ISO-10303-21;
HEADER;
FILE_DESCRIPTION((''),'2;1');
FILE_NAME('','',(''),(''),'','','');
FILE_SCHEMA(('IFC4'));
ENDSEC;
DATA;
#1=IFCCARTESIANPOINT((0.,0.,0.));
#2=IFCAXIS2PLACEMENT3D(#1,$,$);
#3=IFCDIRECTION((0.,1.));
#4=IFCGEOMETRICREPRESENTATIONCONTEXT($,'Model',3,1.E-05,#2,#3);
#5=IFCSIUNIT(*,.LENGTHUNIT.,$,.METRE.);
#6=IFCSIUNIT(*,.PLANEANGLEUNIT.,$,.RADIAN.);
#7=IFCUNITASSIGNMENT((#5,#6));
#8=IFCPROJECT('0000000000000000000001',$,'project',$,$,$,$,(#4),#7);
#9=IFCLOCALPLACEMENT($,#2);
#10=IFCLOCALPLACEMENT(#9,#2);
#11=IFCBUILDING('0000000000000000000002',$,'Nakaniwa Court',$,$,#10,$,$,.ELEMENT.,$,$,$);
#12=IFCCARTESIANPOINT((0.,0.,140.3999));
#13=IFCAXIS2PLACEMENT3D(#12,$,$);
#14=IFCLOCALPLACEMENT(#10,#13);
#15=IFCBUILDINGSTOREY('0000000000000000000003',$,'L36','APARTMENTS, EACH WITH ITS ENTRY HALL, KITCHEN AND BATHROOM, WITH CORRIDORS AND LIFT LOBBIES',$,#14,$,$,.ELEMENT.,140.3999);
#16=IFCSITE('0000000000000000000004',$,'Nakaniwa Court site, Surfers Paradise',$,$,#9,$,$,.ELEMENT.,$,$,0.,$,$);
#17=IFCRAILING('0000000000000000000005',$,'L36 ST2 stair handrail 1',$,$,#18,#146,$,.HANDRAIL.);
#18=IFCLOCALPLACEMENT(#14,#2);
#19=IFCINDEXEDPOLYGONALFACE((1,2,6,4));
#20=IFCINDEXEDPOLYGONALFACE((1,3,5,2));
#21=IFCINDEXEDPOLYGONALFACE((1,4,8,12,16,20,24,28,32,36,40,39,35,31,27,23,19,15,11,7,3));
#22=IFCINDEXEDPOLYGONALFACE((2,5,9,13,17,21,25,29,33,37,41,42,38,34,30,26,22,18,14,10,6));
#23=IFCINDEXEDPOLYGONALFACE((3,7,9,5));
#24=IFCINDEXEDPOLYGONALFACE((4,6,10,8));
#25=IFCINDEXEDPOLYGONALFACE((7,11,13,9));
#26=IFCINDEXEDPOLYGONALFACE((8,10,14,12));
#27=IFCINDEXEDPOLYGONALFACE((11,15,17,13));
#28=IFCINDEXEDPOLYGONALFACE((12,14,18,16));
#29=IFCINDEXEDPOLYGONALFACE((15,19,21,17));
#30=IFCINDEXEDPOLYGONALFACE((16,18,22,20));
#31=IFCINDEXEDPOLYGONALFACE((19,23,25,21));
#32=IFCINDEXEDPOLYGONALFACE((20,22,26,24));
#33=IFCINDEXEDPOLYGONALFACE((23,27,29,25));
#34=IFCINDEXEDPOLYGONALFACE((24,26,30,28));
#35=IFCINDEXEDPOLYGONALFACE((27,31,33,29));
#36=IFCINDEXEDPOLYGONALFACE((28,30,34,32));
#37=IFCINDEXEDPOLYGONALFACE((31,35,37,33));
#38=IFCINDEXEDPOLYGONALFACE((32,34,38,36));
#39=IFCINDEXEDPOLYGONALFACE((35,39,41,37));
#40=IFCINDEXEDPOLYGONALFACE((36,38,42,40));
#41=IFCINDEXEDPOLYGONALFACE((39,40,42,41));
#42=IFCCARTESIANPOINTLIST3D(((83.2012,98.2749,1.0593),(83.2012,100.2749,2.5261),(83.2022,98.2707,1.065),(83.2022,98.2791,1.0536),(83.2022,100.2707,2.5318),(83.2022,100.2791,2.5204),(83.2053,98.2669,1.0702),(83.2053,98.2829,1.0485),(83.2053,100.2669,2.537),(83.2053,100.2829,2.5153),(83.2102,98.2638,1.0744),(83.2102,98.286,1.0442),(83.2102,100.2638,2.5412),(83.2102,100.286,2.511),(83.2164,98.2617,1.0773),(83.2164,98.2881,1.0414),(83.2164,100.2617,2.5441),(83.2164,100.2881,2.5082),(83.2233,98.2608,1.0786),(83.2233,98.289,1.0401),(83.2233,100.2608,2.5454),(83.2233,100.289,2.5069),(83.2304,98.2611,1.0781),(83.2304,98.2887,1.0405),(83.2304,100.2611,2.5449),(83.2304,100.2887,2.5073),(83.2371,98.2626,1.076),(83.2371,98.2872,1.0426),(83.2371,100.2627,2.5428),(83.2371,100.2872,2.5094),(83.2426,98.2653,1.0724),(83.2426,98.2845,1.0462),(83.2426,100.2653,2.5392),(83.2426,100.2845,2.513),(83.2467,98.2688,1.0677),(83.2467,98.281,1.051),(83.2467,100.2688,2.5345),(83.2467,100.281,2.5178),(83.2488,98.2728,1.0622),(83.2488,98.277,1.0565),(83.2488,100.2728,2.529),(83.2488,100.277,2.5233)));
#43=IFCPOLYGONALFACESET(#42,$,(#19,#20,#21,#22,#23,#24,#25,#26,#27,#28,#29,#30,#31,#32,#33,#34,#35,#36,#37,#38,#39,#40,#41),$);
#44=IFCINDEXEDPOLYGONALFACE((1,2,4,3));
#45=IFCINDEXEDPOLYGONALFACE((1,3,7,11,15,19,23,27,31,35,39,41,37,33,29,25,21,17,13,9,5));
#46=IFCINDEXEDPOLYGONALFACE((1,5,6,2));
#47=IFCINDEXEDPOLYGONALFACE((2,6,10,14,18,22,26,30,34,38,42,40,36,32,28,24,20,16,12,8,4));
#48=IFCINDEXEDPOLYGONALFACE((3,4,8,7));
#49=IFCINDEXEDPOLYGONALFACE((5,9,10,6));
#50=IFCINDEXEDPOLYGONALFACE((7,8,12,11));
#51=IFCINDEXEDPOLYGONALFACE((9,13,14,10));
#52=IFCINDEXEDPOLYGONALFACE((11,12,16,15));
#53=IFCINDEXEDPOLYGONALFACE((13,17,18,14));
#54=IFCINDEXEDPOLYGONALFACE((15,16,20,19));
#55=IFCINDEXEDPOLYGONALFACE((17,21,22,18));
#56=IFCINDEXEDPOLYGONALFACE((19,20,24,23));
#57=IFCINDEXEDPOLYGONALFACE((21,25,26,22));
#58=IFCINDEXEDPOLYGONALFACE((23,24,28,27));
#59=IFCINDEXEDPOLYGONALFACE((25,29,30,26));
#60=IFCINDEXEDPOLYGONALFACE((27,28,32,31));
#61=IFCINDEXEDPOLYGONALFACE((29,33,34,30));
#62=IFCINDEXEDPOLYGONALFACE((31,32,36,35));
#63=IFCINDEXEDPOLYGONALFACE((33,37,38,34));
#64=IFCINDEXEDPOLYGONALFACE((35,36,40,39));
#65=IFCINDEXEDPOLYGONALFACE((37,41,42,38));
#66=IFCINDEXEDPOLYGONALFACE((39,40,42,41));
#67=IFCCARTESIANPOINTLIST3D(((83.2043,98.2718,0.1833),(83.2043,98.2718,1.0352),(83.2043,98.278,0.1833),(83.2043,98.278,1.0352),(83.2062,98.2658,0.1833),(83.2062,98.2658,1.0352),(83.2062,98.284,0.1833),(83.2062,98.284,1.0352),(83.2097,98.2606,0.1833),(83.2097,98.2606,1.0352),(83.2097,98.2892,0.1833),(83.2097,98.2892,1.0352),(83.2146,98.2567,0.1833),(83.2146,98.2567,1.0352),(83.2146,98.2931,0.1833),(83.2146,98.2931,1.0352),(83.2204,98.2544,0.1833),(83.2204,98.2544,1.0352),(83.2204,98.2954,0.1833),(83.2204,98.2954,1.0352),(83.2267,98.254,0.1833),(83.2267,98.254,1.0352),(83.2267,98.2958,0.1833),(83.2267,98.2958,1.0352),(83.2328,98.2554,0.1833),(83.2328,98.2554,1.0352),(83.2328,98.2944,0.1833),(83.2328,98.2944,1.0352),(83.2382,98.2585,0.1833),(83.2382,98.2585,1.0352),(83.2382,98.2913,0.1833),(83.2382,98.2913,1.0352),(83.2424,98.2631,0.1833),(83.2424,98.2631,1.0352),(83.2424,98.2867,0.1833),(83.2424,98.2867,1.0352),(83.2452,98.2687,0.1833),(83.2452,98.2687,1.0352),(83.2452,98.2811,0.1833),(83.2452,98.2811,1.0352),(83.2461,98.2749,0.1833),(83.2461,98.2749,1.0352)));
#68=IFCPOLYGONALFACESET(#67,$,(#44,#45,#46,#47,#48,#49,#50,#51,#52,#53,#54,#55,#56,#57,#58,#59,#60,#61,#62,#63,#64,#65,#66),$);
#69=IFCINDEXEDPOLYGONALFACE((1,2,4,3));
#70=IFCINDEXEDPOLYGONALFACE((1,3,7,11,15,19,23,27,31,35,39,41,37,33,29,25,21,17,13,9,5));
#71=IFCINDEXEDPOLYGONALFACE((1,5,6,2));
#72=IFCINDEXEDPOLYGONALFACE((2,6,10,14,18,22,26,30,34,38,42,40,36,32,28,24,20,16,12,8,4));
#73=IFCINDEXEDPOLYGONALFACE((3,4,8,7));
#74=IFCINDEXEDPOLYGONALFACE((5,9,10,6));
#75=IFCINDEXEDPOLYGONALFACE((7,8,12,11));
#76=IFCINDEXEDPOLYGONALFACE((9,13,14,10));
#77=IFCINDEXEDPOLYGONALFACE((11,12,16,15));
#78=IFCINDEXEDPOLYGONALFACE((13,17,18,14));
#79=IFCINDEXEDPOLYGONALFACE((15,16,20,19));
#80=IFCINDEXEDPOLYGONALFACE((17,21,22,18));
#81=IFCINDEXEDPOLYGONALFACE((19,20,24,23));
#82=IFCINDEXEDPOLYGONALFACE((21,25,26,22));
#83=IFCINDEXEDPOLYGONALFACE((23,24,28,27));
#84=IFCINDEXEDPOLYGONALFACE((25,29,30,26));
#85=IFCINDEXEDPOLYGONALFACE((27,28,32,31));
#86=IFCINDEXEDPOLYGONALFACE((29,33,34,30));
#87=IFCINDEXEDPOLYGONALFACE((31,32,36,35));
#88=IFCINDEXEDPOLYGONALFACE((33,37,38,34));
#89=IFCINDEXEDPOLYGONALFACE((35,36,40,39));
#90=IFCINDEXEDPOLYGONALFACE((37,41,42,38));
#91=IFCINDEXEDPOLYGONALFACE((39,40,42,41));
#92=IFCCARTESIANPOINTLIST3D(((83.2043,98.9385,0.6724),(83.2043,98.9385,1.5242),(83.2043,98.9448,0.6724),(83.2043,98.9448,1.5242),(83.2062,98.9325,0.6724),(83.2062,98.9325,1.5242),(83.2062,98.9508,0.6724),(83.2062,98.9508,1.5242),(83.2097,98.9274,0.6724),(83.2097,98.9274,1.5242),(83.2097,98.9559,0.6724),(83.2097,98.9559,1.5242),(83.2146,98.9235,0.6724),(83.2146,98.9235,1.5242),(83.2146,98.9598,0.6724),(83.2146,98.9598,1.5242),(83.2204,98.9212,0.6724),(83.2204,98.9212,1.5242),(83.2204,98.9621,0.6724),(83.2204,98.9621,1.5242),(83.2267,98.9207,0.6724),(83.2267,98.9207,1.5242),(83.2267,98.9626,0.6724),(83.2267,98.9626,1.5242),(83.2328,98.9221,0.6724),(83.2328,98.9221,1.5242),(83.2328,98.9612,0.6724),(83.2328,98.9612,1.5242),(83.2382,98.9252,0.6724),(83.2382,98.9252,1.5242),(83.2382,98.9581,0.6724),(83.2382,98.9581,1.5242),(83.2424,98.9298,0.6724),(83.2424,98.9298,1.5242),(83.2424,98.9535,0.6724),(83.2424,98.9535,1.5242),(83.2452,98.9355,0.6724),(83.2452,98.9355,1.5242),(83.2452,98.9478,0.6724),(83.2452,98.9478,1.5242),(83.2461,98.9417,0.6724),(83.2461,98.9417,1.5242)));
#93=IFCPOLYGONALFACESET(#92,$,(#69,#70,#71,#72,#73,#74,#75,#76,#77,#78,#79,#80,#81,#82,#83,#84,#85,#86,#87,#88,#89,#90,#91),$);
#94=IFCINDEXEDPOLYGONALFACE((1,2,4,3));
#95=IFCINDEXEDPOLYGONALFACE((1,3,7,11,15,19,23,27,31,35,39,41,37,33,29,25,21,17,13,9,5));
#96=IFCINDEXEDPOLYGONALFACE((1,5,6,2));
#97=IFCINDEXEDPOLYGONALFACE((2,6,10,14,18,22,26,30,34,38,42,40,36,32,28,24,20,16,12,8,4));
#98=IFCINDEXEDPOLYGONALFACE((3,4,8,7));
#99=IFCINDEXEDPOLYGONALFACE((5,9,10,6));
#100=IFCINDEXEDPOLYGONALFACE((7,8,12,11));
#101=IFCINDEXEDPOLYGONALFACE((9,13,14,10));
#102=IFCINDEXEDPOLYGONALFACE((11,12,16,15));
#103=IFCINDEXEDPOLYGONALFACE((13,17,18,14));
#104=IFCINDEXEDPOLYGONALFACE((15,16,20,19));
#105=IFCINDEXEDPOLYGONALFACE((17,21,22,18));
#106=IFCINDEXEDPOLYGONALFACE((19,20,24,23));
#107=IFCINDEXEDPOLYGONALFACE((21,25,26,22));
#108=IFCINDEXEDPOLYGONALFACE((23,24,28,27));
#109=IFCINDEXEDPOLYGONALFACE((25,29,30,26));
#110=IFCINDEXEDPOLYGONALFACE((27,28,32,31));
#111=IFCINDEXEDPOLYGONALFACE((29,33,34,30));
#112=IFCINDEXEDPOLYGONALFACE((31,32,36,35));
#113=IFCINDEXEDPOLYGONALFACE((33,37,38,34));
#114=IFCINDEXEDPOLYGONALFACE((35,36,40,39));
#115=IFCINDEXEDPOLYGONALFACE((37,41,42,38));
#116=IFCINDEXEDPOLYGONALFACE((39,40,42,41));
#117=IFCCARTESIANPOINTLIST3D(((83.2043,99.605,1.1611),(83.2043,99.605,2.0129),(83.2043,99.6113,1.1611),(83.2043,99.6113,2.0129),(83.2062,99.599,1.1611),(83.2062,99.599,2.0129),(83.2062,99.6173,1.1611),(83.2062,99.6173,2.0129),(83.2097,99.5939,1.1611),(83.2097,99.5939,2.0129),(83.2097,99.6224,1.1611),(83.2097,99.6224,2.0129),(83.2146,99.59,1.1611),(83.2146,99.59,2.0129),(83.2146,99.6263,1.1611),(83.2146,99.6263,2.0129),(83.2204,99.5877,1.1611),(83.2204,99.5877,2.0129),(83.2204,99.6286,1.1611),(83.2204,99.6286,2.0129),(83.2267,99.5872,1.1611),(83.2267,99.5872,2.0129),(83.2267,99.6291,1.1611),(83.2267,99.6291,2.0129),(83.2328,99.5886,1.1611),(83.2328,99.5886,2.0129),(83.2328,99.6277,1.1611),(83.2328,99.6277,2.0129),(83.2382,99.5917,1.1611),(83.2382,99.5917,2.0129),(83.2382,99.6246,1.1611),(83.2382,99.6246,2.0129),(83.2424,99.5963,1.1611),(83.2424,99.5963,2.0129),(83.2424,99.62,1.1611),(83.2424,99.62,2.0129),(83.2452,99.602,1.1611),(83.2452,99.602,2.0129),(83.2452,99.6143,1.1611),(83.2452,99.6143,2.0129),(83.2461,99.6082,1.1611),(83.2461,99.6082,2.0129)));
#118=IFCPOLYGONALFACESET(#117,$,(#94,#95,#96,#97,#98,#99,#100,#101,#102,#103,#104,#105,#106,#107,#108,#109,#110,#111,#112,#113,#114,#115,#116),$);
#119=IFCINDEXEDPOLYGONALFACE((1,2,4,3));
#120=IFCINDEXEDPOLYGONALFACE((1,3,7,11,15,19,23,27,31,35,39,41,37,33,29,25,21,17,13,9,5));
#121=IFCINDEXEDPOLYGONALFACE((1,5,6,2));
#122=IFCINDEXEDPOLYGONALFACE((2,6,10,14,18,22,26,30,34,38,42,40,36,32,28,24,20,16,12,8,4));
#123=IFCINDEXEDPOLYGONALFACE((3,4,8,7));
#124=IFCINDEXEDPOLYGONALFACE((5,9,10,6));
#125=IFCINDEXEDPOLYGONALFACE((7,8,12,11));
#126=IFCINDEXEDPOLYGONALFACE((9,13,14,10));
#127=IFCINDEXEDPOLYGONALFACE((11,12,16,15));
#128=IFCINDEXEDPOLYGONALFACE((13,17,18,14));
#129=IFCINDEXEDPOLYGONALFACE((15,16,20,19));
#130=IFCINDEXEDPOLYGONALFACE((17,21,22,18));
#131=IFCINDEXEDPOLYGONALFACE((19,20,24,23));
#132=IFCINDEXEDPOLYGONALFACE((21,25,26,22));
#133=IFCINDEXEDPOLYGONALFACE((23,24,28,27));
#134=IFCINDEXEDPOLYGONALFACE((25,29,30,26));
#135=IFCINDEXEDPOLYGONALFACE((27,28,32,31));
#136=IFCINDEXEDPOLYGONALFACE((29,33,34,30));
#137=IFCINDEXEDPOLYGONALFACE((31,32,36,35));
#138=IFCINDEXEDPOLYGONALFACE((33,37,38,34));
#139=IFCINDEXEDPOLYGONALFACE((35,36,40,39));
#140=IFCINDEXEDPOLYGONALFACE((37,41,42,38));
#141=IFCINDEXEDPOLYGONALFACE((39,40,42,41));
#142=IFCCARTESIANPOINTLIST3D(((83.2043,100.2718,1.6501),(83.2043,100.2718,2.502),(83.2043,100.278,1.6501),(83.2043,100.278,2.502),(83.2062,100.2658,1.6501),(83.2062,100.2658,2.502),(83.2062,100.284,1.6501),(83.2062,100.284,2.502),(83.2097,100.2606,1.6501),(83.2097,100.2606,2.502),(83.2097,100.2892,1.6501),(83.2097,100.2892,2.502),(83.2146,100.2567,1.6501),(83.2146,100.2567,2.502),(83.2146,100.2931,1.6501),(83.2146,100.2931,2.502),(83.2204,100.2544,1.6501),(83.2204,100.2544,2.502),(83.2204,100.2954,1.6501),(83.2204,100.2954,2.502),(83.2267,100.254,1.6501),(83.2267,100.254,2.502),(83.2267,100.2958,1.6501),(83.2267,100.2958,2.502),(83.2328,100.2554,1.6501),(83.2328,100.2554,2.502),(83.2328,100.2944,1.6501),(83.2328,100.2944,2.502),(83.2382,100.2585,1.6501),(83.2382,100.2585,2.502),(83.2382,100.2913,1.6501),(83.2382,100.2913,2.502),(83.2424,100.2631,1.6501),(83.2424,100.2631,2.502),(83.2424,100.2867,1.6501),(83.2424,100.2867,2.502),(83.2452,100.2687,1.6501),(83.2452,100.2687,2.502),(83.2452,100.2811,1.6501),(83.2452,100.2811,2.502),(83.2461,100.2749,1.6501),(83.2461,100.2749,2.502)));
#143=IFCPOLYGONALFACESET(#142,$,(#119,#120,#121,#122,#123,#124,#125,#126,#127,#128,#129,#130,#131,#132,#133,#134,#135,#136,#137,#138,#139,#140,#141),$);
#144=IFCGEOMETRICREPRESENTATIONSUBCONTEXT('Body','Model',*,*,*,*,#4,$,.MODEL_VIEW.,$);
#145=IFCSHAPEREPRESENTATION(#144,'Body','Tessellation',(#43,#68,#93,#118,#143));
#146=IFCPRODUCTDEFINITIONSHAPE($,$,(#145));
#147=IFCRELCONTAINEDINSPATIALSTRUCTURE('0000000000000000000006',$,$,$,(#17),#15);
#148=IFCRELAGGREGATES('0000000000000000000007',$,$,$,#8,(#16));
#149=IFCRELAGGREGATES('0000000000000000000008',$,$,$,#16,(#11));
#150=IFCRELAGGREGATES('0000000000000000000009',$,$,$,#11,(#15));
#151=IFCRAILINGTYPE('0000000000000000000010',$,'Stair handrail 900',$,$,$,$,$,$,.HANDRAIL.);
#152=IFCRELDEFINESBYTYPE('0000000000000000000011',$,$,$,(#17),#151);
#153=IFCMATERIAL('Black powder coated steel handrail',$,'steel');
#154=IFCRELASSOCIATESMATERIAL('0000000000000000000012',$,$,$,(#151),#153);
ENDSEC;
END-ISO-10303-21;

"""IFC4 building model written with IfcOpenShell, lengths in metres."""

from ifc_helpers import new_model, si_unit, direction, frame, origin, origin_2d, place, context, subcontext, project, spatial, circle, extrude, material, type_object, element, save


model = new_model("IFC4")

# Units and contexts
model_context = context("Model", 3, precision=1e-05, world=origin(), true_north=direction((0.0, 1.0)))
body_context = subcontext(model_context, "Body", "Model", "MODEL_VIEW")
ifc_project = project(units=[si_unit("LENGTHUNIT", "METRE"), si_unit("PLANEANGLEUNIT", "RADIAN")], contexts=[model_context])

# Site, building, storey
site_placement = place(None, origin())
site = spatial("IfcSite", under=ifc_project, at=site_placement, Name="Nakaniwa Court site, Surfers Paradise", CompositionType="ELEMENT", RefElevation=0.0)
building_placement = place(site_placement, origin())
building = spatial("IfcBuilding", under=site, at=building_placement, Name="Nakaniwa Court", CompositionType="ELEMENT")
storey_placement = place(building_placement, frame((0.0, 0.0, 140.3999)))
storey = spatial("IfcBuildingStorey", under=building, at=storey_placement, Name="L36", Description="APARTMENTS, EACH WITH ITS ENTRY HALL, KITCHEN AND BATHROOM, WITH CORRIDORS AND LIFT LOBBIES", CompositionType="ELEMENT", Elevation=140.3999)

# Railing
ifc_material_1 = material(Name="Black powder coated steel handrail", Category="steel")
railing_type_1 = type_object("IfcRailingType", Name="Stair handrail 900", PredefinedType="HANDRAIL", material=ifc_material_1)
railing_1_placement = place(storey_placement, frame((83.2251, 98.2749, 0.1833)))
element("IfcRailing", 1, at=railing_1_placement, inside=storey, type_object=railing_type_1, Name="L36 ST2 stair handrail 1", PredefinedType="HANDRAIL", context=body_context, shape_type="SweptSolid", body=[
    extrude(circle(Radius=0.0239, at=origin_2d()), frame((0.0, 0.0, 0.876), z_axis=(0.0, 0.80638, 0.591398), x_axis=(-1.0, 0.0, 0.0)), (0.0, 0.0, 1.0), 2.4802),
    extrude(circle(Radius=0.021, at=origin_2d()), origin(), (0.0, 0.0, 1.0), 0.8518),
    extrude(circle(Radius=0.021, at=origin_2d()), frame((0.0, 0.6667, 0.489)), (0.0, 0.0, 1.0), 0.8518),
    extrude(circle(Radius=0.021, at=origin_2d()), frame((0.0, 1.3333, 0.9778)), (0.0, 0.0, 1.0), 0.8518),
    extrude(circle(Radius=0.021, at=origin_2d()), frame((0.0, 2.0, 1.4668)), (0.0, 0.0, 1.0), 0.8518),
])

save(model, "model.ifc")
